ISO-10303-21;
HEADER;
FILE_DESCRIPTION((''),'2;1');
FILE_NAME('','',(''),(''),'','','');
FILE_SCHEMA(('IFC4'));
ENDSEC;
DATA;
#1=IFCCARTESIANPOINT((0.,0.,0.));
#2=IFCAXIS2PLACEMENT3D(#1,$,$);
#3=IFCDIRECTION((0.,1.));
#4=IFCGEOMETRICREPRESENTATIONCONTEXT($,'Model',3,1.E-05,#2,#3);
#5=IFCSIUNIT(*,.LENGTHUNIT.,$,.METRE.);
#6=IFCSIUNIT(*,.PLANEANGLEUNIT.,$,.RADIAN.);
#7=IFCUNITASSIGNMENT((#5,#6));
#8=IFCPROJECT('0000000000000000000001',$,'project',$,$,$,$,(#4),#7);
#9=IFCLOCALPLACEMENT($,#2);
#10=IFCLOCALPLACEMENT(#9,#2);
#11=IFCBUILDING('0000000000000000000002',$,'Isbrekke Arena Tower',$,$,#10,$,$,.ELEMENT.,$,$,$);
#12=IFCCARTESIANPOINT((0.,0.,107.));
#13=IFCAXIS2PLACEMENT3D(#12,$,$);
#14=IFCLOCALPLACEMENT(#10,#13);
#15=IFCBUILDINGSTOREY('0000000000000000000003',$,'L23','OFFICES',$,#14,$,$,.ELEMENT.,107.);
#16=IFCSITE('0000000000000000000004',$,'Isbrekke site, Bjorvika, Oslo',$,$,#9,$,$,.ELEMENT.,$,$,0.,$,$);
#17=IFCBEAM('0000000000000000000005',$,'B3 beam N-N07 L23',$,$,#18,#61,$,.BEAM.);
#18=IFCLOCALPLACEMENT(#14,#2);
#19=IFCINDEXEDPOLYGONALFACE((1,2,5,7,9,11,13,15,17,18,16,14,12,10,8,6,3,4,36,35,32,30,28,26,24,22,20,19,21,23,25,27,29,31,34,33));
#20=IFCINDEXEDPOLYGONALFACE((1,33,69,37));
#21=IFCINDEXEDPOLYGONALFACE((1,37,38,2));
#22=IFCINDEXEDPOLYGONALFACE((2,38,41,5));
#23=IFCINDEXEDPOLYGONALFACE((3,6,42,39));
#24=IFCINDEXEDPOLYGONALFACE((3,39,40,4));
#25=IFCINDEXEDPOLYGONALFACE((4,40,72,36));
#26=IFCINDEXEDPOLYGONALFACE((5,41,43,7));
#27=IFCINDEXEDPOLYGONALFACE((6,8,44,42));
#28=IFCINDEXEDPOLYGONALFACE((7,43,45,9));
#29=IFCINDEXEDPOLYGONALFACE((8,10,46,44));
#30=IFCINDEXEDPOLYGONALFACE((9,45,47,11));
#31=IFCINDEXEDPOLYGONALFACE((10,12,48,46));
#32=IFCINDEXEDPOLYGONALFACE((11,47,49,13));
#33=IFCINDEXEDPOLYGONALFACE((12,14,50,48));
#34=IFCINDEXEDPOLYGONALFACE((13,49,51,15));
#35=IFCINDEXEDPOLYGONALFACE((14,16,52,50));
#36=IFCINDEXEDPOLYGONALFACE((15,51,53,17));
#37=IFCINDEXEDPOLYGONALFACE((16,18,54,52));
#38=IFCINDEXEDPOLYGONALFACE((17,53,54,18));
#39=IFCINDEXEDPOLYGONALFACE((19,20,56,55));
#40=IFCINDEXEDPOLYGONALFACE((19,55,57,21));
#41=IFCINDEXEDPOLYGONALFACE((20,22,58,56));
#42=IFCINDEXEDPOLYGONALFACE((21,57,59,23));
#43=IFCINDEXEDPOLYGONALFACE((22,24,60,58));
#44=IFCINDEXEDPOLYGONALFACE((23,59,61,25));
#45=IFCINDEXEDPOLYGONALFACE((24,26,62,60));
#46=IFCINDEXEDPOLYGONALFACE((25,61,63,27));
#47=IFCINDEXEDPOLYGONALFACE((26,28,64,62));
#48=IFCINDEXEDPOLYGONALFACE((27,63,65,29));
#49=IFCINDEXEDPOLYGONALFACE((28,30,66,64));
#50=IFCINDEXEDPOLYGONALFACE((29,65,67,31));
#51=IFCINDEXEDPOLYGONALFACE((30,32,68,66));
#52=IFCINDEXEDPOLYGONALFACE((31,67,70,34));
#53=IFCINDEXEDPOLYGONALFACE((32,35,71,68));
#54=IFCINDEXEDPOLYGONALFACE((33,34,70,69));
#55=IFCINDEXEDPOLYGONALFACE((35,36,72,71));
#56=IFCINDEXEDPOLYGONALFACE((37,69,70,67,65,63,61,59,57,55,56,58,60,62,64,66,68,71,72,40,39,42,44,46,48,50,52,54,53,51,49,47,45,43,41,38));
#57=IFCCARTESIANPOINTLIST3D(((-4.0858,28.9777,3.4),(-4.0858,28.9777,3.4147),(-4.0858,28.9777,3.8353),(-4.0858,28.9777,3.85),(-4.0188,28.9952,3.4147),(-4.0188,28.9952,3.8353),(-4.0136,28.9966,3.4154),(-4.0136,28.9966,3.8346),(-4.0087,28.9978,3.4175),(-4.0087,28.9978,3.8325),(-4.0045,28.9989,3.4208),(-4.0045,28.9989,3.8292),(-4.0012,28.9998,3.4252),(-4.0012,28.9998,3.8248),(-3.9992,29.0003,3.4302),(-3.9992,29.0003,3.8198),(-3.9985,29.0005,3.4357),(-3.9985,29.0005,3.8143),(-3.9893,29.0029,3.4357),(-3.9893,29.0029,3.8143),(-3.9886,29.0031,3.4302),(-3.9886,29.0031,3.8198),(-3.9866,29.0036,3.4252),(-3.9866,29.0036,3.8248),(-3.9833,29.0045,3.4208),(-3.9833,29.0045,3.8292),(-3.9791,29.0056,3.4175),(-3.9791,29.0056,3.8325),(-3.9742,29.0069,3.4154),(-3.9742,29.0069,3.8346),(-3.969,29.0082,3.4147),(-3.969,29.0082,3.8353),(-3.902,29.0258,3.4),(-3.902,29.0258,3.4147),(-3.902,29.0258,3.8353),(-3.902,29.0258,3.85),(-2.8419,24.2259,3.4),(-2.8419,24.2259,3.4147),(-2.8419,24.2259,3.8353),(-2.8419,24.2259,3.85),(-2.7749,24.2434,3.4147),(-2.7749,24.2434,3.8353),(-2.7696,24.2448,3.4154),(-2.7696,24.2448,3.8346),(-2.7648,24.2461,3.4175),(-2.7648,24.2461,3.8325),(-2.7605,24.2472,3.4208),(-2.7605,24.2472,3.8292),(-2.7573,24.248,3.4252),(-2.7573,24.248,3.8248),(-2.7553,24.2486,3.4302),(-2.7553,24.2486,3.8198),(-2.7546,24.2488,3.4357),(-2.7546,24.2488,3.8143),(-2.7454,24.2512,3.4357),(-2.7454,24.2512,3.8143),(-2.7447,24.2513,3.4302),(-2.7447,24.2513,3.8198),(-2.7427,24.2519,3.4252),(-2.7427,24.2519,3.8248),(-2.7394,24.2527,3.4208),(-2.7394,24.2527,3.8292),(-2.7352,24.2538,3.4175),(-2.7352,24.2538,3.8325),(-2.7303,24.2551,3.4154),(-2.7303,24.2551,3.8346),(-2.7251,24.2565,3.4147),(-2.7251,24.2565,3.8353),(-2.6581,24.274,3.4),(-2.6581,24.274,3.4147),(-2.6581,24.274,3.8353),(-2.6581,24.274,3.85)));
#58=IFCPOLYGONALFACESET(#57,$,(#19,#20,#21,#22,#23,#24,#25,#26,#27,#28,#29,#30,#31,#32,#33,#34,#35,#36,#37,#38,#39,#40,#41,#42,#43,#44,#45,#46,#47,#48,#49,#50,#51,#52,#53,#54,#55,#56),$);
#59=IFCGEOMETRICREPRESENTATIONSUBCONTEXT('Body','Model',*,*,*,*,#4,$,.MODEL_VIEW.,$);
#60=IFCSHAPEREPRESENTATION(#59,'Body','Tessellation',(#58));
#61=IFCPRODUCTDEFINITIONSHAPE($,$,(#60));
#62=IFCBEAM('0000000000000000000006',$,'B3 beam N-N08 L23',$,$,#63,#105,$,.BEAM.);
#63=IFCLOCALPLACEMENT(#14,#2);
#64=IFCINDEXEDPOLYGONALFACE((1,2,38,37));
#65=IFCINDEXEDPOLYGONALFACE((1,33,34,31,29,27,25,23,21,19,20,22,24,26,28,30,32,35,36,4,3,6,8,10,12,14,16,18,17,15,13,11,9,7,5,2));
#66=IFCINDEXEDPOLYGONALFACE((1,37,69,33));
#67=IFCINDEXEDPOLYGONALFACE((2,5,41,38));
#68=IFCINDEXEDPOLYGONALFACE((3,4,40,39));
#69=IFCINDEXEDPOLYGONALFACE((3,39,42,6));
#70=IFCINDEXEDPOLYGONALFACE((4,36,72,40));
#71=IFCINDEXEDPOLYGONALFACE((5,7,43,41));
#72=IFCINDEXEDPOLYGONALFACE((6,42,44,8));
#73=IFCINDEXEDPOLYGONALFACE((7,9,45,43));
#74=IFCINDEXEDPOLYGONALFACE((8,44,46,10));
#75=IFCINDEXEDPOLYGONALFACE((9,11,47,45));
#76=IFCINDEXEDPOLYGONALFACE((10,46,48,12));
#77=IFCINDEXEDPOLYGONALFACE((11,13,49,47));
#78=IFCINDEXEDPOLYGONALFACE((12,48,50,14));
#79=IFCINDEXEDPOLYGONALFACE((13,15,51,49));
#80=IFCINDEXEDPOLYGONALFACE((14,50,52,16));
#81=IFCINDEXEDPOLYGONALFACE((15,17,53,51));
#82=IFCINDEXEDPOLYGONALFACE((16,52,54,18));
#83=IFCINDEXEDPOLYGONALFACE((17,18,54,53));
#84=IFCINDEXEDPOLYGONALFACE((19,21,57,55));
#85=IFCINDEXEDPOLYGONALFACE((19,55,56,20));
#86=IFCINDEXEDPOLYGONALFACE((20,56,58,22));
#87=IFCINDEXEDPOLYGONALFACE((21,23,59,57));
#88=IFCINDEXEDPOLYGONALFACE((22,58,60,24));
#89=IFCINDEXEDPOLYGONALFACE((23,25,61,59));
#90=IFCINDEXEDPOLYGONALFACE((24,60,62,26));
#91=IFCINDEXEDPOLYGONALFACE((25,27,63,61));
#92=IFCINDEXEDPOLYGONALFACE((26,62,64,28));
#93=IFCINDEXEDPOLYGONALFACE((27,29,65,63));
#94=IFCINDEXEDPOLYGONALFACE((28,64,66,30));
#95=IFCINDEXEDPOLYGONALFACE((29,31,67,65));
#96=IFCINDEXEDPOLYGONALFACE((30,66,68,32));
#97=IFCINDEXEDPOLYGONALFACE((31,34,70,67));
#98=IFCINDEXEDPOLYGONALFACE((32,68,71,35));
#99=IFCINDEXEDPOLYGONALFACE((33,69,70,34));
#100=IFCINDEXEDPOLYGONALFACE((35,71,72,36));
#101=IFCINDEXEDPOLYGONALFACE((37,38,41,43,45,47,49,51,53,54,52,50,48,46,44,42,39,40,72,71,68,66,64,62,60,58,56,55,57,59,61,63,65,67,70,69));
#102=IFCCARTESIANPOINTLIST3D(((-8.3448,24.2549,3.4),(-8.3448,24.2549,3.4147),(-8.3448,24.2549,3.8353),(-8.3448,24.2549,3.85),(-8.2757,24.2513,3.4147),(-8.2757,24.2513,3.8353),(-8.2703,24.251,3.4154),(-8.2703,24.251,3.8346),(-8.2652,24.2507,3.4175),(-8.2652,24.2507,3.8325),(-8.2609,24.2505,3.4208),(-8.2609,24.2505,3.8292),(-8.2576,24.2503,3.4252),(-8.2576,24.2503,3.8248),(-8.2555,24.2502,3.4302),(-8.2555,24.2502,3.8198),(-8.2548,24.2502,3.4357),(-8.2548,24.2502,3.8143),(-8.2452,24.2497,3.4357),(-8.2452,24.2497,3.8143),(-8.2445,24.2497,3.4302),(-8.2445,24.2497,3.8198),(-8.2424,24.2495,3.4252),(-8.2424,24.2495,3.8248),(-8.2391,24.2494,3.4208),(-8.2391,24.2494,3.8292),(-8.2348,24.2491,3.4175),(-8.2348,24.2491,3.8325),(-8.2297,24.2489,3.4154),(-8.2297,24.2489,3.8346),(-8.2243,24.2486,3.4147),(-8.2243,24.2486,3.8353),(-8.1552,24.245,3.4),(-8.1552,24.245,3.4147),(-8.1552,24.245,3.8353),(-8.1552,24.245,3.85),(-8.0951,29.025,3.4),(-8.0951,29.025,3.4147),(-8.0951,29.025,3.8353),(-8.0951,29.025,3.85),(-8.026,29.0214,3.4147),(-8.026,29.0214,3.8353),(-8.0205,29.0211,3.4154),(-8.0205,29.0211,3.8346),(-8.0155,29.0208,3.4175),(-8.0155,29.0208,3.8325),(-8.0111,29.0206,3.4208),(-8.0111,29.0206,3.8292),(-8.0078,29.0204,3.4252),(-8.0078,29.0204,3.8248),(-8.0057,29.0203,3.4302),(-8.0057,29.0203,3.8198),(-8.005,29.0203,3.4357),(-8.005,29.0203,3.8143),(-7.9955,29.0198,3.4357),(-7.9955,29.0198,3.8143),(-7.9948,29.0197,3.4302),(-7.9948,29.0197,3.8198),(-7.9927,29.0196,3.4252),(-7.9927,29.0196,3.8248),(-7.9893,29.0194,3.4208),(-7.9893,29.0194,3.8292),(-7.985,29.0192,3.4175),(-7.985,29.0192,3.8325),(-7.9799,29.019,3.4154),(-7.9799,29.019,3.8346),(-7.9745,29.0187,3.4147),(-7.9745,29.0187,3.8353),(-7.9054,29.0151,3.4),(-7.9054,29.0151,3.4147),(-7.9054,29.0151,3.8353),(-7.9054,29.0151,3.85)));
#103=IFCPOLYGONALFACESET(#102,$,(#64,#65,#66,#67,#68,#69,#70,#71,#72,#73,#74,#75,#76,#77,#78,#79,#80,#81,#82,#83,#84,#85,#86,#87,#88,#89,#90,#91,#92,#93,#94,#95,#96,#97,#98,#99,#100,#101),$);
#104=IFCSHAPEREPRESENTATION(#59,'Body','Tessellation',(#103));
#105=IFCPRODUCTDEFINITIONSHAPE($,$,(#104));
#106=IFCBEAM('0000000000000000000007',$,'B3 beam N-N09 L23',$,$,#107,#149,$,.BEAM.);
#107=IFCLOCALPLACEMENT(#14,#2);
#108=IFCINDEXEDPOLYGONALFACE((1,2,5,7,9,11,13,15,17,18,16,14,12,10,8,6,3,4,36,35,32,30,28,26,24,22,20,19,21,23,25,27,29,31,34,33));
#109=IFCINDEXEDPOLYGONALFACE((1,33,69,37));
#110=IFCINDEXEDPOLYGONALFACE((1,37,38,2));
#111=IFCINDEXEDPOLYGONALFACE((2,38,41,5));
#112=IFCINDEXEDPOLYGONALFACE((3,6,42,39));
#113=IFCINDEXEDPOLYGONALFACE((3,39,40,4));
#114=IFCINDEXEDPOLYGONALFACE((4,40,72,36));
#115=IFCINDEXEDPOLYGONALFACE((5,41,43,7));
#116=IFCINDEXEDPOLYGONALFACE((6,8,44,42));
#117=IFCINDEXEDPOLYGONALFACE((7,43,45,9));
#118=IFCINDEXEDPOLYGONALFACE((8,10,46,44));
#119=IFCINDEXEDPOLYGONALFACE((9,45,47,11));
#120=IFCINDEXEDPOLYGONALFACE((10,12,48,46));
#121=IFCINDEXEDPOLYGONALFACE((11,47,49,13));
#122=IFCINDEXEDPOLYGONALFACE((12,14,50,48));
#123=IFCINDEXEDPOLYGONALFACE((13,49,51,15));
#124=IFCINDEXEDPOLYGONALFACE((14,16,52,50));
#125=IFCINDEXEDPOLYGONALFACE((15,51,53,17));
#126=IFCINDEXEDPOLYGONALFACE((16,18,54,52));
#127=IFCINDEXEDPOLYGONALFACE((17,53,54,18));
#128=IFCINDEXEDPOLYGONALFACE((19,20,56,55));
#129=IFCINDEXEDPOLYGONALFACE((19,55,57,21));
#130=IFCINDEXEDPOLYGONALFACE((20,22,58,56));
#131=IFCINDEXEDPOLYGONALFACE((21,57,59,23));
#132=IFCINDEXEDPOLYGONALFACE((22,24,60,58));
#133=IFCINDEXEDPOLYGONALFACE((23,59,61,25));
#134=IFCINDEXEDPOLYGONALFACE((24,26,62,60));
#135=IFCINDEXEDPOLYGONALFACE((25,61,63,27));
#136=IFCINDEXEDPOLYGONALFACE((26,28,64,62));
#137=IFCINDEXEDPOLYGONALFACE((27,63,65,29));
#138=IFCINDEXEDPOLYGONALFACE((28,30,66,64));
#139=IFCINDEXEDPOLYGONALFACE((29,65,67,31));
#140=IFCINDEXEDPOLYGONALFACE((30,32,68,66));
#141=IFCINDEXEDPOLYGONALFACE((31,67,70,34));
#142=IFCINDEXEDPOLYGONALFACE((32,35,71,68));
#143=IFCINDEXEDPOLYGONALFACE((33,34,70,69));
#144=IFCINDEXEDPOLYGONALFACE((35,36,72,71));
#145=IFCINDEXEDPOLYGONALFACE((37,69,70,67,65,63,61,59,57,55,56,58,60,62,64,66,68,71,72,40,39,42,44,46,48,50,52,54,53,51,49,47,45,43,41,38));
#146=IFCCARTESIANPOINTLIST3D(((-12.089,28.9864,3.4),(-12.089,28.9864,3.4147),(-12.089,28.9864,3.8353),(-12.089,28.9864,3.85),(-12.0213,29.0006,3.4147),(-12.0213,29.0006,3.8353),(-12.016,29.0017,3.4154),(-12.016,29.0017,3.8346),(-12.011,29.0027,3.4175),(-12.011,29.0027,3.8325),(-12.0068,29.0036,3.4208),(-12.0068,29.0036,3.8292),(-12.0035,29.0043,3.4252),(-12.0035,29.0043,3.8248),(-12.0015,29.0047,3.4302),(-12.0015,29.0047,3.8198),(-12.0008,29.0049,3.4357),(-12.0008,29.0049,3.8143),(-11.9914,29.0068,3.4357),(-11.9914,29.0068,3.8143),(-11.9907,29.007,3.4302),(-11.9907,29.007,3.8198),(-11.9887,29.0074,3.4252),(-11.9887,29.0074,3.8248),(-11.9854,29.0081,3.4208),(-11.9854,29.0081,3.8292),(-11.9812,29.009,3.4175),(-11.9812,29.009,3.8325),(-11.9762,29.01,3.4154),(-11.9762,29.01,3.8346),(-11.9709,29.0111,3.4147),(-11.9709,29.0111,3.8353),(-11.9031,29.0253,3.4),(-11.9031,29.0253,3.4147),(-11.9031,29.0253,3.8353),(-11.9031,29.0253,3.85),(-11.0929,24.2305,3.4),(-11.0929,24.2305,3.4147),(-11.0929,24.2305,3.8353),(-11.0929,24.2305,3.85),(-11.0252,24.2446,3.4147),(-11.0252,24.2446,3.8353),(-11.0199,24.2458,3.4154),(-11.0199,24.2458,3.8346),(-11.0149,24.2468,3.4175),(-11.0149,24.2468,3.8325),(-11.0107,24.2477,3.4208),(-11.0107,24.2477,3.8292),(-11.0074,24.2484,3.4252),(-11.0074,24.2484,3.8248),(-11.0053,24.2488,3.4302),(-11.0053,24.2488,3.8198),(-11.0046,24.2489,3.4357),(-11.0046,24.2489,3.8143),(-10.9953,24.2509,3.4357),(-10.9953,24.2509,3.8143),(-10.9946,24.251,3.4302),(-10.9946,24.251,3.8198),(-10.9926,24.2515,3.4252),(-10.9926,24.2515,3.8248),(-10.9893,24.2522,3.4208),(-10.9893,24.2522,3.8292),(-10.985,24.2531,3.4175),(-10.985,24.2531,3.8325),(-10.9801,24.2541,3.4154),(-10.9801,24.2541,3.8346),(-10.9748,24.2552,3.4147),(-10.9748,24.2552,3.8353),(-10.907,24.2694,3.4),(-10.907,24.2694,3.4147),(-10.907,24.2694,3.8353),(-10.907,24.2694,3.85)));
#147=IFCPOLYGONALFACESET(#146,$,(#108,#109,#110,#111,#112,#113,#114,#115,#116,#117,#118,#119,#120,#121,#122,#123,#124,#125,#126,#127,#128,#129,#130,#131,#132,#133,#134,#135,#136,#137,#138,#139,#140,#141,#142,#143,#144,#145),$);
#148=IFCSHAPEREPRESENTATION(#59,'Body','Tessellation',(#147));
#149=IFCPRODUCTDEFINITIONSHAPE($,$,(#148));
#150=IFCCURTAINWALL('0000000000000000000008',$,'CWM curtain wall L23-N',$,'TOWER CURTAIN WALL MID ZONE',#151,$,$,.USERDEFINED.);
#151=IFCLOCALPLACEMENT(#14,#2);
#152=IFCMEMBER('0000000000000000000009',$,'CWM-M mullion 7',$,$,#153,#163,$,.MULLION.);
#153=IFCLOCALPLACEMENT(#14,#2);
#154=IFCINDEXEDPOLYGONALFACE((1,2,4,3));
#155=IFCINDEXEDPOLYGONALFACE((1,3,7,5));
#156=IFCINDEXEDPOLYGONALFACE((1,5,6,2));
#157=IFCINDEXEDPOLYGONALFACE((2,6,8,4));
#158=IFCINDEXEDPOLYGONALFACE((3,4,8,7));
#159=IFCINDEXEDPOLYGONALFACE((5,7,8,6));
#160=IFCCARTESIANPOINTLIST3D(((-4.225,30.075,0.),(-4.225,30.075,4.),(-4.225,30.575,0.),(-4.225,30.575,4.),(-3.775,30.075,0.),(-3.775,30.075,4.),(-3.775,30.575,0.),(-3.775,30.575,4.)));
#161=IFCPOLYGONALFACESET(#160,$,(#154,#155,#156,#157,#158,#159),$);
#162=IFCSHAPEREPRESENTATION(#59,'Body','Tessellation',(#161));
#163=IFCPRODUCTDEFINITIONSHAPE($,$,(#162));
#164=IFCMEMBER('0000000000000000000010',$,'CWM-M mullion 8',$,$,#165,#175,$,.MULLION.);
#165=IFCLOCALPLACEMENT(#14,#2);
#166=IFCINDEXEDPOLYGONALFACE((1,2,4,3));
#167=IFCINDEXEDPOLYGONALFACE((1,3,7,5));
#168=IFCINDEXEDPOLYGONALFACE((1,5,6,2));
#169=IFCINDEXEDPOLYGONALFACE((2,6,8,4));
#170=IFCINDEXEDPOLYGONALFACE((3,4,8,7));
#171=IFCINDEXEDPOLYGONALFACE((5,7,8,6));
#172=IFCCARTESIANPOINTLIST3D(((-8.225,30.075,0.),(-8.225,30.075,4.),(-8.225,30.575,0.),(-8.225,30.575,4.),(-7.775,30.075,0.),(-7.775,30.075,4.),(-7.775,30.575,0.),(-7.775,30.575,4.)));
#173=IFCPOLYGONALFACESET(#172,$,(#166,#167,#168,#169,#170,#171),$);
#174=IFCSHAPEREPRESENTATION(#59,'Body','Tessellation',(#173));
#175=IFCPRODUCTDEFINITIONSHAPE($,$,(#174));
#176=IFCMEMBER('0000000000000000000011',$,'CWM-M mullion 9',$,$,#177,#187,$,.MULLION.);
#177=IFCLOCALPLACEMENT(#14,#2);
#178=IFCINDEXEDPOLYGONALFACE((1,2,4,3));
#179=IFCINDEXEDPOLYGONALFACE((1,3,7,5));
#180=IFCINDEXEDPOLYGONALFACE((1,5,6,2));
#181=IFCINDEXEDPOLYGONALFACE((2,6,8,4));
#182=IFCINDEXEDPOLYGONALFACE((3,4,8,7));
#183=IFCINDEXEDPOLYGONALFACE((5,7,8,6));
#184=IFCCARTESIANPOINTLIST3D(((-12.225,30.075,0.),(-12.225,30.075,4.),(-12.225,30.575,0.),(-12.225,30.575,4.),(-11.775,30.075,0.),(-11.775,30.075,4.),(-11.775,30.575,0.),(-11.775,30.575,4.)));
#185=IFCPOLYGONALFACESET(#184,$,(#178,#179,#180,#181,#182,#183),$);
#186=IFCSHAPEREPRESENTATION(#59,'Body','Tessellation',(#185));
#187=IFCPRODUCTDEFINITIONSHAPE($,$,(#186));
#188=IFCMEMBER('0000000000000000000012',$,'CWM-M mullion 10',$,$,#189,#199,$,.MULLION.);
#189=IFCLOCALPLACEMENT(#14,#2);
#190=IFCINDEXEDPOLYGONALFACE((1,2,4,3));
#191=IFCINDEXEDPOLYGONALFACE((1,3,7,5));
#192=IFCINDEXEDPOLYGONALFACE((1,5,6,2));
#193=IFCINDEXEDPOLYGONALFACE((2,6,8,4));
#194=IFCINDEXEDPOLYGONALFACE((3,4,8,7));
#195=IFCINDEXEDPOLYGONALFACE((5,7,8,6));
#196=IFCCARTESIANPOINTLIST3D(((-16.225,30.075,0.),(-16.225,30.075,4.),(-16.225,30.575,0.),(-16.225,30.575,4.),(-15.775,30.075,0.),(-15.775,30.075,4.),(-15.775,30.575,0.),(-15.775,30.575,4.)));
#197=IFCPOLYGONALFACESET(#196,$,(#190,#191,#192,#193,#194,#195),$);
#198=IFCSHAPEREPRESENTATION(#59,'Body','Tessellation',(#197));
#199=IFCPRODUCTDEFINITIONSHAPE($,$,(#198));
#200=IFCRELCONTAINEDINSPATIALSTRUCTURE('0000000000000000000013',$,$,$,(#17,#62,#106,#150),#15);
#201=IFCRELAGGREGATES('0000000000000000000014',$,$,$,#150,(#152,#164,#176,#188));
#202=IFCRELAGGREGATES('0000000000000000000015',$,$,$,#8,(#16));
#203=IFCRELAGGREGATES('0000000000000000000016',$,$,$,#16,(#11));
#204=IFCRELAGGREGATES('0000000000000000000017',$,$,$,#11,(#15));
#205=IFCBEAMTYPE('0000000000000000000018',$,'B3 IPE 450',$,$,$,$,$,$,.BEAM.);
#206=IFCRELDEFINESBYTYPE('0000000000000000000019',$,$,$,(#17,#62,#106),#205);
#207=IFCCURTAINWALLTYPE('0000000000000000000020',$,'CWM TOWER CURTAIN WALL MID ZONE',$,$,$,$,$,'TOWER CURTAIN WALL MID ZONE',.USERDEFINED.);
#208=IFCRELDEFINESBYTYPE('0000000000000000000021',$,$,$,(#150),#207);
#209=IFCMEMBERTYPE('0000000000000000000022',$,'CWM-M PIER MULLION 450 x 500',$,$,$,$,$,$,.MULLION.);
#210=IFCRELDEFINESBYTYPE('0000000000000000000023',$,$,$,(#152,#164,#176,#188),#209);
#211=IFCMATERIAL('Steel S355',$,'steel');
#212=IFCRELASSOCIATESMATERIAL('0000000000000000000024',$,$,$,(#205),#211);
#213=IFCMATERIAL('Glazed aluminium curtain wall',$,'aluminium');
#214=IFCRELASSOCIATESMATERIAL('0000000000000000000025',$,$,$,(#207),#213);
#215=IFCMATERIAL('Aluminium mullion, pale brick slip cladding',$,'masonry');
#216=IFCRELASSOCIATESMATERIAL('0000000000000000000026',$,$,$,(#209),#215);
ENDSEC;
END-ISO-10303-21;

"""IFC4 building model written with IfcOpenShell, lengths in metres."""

from ifc_helpers import new_model, si_unit, direction, frame, origin, origin_2d, place, context, subcontext, project, spatial, rectangle, i_section, extrude, material, material_profile, profile_set, type_object, element, aggregate, save


model = new_model("IFC4")

# Units and contexts
model_context = context("Model", 3, precision=1e-05, world=origin(), true_north=direction((0.0, 1.0)))
body_context = subcontext(model_context, "Body", "Model", "MODEL_VIEW")
ifc_project = project(units=[si_unit("LENGTHUNIT", "METRE"), si_unit("PLANEANGLEUNIT", "RADIAN")], contexts=[model_context])

# Site, building, storey
site_placement = place(None, origin())
site = spatial("IfcSite", under=ifc_project, at=site_placement, Name="Isbrekke site, Bjorvika, Oslo", CompositionType="ELEMENT", RefElevation=0.0)
building_placement = place(site_placement, origin())
building = spatial("IfcBuilding", under=site, at=building_placement, Name="Isbrekke Arena Tower", CompositionType="ELEMENT")
storey_placement = place(building_placement, frame((0.0, 0.0, 107.0)))
storey = spatial("IfcBuildingStorey", under=building, at=storey_placement, Name="L23", Description="OFFICES", CompositionType="ELEMENT", Elevation=107.0)

# Beams
ifc_material_1 = material(Name="Steel S355", Category="steel")
ifc_material_profile_1 = material_profile(ifc_material_1, i_section(OverallWidth=0.1899, OverallDepth=0.45, WebThickness=0.0095, FlangeThickness=0.0146, FilletRadius=0.021, at=origin_2d()), Name="IPE 450")
ifc_profile_set_1 = profile_set([ifc_material_profile_1], Name="Steel S355")
beam_type_1 = type_object("IfcBeamType", Name="B3 IPE 450", PredefinedType="BEAM", material=ifc_profile_set_1)
beam_1_placement = place(storey_placement, frame((-3.9939, 29.0017, 3.625), z_axis=(0.253245, -0.967402, 0.0), x_axis=(0.967402, 0.253245, 0.0)))
element("IfcBeam", 1, at=beam_1_placement, inside=storey, type_object=beam_type_1, Name="B3 beam N-N07 L23", PredefinedType="BEAM", context=body_context, shape_type="SweptSolid", body=[
    extrude(i_section(OverallWidth=0.1899, OverallDepth=0.45, WebThickness=0.0095, FlangeThickness=0.0146, FilletRadius=0.021, at=origin_2d()), origin(), (0.0, 0.0, 1.0), 4.9119),
])
beam_2_placement = place(storey_placement, frame((-8.0002, 29.02, 3.625), z_axis=(-0.052288, -0.998632, 0.0), x_axis=(0.998632, -0.052288, 0.0)))
element("IfcBeam", 2, at=beam_2_placement, inside=storey, type_object=beam_type_1, Name="B3 beam N-N08 L23", PredefinedType="BEAM", context=body_context, shape_type="SweptSolid", body=[
    extrude(i_section(OverallWidth=0.1899, OverallDepth=0.45, WebThickness=0.0095, FlangeThickness=0.0146, FilletRadius=0.021, at=origin_2d()), origin(), (0.0, 0.0, 1.0), 4.7766),
])
beam_3_placement = place(storey_placement, frame((-11.9961, 29.0059, 3.625), z_axis=(0.204997, -0.978762, 0.0), x_axis=(0.978762, 0.204997, 0.0)))
element("IfcBeam", 3, at=beam_3_placement, inside=storey, type_object=beam_type_1, Name="B3 beam N-N09 L23", PredefinedType="BEAM", context=body_context, shape_type="SweptSolid", body=[
    extrude(i_section(OverallWidth=0.1899, OverallDepth=0.45, WebThickness=0.0095, FlangeThickness=0.0146, FilletRadius=0.021, at=origin_2d()), origin(), (0.0, 0.0, 1.0), 4.8591),
])

# Curtain wall, members
ifc_material_2 = material(Name="Glazed aluminium curtain wall", Category="aluminium")
curtain_wall_type = type_object("IfcCurtainWallType", Name="CWM TOWER CURTAIN WALL MID ZONE", ElementType="TOWER CURTAIN WALL MID ZONE", PredefinedType="USERDEFINED", material=ifc_material_2)
curtain_wall_placement = place(storey_placement, origin())
curtain_wall = element("IfcCurtainWall", 4, at=curtain_wall_placement, inside=storey, type_object=curtain_wall_type, Name="CWM curtain wall L23-N", ObjectType="TOWER CURTAIN WALL MID ZONE", PredefinedType="USERDEFINED")
ifc_material_3 = material(Name="Aluminium mullion, pale brick slip cladding", Category="masonry")
ifc_material_profile_2 = material_profile(ifc_material_3, rectangle(XDim=0.45, YDim=0.5, at=origin_2d()), Name="PIER 450X500")
ifc_profile_set_2 = profile_set([ifc_material_profile_2], Name="Aluminium mullion, pale brick slip cladding")
member_type_1 = type_object("IfcMemberType", Name="CWM-M PIER MULLION 450 x 500", PredefinedType="MULLION", material=ifc_profile_set_2)
member_1_placement = place(storey_placement, frame((-4.0, 30.325, 0.0), z_axis=(0.0, 0.0, 1.0), x_axis=(-1.0, 0.0, 0.0)))
member_1 = element("IfcMember", 5, at=member_1_placement, type_object=member_type_1, Name="CWM-M mullion 7", PredefinedType="MULLION", context=body_context, shape_type="SweptSolid", body=[
    extrude(rectangle(XDim=0.45, YDim=0.5, at=origin_2d()), origin(), (0.0, 0.0, 1.0), 4.0),
])
member_2_placement = place(storey_placement, frame((-8.0, 30.325, 0.0), z_axis=(0.0, 0.0, 1.0), x_axis=(-1.0, 0.0, 0.0)))
member_2 = element("IfcMember", 6, at=member_2_placement, type_object=member_type_1, Name="CWM-M mullion 8", PredefinedType="MULLION", context=body_context, shape_type="SweptSolid", body=[
    extrude(rectangle(XDim=0.45, YDim=0.5, at=origin_2d()), origin(), (0.0, 0.0, 1.0), 4.0),
])
member_3_placement = place(storey_placement, frame((-12.0, 30.325, 0.0), z_axis=(0.0, 0.0, 1.0), x_axis=(-1.0, 0.0, 0.0)))
member_3 = element("IfcMember", 7, at=member_3_placement, type_object=member_type_1, Name="CWM-M mullion 9", PredefinedType="MULLION", context=body_context, shape_type="SweptSolid", body=[
    extrude(rectangle(XDim=0.45, YDim=0.5, at=origin_2d()), origin(), (0.0, 0.0, 1.0), 4.0),
])
member_4_placement = place(storey_placement, frame((-16.0, 30.325, 0.0), z_axis=(0.0, 0.0, 1.0), x_axis=(-1.0, 0.0, 0.0)))
member_4 = element("IfcMember", 8, at=member_4_placement, type_object=member_type_1, Name="CWM-M mullion 10", PredefinedType="MULLION", context=body_context, shape_type="SweptSolid", body=[
    extrude(rectangle(XDim=0.45, YDim=0.5, at=origin_2d()), origin(), (0.0, 0.0, 1.0), 4.0),
])

aggregate(curtain_wall, [member_1, member_2, member_3, member_4])

save(model, "model.ifc")
